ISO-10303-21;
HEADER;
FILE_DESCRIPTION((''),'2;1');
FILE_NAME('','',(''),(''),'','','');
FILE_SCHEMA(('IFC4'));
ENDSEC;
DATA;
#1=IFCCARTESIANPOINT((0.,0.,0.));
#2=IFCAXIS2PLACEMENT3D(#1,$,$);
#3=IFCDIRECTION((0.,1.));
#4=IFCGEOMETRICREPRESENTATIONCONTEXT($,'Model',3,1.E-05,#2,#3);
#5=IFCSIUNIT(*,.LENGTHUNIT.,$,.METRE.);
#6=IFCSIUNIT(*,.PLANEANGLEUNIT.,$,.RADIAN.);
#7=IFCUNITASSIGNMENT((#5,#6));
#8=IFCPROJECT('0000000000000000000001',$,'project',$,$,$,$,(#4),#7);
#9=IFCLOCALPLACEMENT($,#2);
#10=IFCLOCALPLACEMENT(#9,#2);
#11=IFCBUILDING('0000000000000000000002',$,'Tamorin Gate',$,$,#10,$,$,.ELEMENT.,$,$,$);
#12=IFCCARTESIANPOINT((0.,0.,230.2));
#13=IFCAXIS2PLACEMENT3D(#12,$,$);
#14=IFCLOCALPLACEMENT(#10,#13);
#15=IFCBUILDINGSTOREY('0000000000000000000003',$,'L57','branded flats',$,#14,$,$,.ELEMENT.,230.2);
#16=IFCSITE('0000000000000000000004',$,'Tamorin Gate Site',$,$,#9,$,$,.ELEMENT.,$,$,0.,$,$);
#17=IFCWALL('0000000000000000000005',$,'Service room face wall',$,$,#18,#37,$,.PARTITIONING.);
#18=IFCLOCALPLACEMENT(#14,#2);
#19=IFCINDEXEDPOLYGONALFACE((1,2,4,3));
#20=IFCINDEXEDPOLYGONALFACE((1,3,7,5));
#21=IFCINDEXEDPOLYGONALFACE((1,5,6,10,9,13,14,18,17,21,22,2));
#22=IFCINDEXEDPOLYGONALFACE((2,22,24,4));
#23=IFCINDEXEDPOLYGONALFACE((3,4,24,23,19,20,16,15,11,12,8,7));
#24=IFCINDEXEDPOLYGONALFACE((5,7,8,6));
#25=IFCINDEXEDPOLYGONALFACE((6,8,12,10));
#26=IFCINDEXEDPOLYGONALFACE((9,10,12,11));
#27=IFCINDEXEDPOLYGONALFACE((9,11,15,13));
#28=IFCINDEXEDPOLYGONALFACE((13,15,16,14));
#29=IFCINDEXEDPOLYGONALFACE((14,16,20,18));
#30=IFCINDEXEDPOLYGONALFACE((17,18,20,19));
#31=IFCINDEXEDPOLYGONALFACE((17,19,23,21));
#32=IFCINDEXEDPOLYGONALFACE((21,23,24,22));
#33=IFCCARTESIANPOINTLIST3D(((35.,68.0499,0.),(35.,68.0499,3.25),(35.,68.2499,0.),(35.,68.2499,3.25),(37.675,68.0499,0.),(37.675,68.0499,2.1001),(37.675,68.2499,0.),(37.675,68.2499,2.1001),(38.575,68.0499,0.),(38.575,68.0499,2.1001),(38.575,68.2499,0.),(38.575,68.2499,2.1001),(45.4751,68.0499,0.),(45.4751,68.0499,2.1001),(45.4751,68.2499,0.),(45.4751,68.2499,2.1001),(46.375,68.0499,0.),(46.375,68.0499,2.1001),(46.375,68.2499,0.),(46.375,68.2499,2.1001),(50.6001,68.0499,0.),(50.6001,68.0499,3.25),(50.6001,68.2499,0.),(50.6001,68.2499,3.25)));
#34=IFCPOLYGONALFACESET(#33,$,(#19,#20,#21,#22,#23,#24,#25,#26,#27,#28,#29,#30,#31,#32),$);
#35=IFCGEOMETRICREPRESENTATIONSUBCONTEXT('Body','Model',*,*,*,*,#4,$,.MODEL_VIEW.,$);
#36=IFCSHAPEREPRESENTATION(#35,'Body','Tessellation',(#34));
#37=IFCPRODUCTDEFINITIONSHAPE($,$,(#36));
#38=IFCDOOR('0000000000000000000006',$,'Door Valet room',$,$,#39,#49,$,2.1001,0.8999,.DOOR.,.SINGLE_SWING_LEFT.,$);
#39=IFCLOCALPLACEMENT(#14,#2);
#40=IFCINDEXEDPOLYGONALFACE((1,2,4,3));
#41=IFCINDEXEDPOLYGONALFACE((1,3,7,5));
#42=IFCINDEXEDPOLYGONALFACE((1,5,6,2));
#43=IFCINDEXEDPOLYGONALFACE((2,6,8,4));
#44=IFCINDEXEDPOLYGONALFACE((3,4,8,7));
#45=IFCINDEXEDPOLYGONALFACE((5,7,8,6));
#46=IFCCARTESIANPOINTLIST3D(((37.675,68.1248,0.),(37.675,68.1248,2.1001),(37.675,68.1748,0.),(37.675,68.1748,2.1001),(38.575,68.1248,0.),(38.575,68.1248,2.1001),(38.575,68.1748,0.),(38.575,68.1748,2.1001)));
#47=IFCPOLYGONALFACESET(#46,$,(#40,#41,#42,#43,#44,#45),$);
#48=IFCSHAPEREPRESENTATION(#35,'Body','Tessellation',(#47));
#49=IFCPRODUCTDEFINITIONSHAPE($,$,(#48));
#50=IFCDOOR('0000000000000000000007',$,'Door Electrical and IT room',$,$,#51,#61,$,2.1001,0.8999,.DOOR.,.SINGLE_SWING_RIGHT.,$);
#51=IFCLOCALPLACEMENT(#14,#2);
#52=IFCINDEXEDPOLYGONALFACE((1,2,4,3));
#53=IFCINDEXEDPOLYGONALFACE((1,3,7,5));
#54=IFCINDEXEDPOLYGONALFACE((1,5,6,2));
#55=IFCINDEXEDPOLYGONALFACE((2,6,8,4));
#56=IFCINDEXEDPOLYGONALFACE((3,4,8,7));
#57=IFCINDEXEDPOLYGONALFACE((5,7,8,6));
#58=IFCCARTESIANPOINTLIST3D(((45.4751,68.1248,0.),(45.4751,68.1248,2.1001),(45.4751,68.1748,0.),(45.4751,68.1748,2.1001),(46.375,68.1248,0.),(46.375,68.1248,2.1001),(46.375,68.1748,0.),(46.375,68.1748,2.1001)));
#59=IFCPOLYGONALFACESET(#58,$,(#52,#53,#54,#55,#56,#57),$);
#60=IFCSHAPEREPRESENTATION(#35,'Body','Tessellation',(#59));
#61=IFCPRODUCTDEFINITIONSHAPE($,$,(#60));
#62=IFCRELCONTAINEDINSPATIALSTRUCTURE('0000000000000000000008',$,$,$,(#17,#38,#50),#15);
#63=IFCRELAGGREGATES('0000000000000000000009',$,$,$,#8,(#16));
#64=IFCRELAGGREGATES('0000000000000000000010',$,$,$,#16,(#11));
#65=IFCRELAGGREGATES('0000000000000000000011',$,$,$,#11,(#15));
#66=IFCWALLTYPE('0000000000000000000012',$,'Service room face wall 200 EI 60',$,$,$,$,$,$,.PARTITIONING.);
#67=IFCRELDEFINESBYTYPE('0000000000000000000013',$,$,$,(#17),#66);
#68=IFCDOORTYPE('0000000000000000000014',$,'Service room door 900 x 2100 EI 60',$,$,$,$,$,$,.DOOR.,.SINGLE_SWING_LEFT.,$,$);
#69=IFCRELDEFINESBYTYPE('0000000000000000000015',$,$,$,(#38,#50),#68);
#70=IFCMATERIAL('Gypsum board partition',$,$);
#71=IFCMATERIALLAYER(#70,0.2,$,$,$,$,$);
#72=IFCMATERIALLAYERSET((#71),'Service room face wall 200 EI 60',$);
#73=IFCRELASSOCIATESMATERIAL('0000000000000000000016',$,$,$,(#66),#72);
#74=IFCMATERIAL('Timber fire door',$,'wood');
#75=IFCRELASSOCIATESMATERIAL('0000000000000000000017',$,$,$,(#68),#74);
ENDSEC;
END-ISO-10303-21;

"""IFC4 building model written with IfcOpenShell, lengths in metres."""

from ifc_helpers import new_model, si_unit, direction, frame, frame_2d, origin, place, context, subcontext, project, spatial, rectangle, extrude, material, layer, layer_set, type_object, element, fill, save


model = new_model("IFC4")

# Units and contexts
model_context = context("Model", 3, precision=1e-05, world=origin(), true_north=direction((0.0, 1.0)))
body_context = subcontext(model_context, "Body", "Model", "MODEL_VIEW")
ifc_project = project(units=[si_unit("LENGTHUNIT", "METRE"), si_unit("PLANEANGLEUNIT", "RADIAN")], contexts=[model_context])

# Site, building, storey
site_placement = place(None, origin())
site = spatial("IfcSite", under=ifc_project, at=site_placement, Name="Tamorin Gate Site", CompositionType="ELEMENT", RefElevation=0.0)
building_placement = place(site_placement, origin())
building = spatial("IfcBuilding", under=site, at=building_placement, Name="Tamorin Gate", CompositionType="ELEMENT")
storey_placement = place(building_placement, frame((0.0, 0.0, 230.2)))
storey = spatial("IfcBuildingStorey", under=building, at=storey_placement, Name="L57", Description="branded flats", CompositionType="ELEMENT", Elevation=230.2)

# Wall, openings, doors
ifc_material_1 = material(Name="Gypsum board partition")
ifc_layer_1 = layer(ifc_material_1, 0.2)
ifc_layer_set_1 = layer_set([ifc_layer_1], Name="Service room face wall 200 EI 60")
wall_type_1 = type_object("IfcWallType", Name="Service room face wall 200 EI 60", PredefinedType="PARTITIONING", material=ifc_layer_set_1)
ifc_material_2 = material(Name="Timber fire door", Category="wood")
door_type_1 = type_object("IfcDoorType", Name="Service room door 900 x 2100 EI 60", OperationType="SINGLE_SWING_LEFT", PredefinedType="DOOR", material=ifc_material_2)
wall_1_placement = place(storey_placement, frame((35.0, 68.1499, 0.0), z_axis=(0.0, 0.0, 1.0), x_axis=(1.0, 0.0, 0.0)))
wall_1 = element("IfcWall", 1, at=wall_1_placement, inside=storey, type_object=wall_type_1, Name="Service room face wall", PredefinedType="PARTITIONING", context=body_context, shape_type="SweptSolid", body=[
    extrude(rectangle(XDim=15.6001, YDim=0.2, at=frame_2d((7.8, 0.0))), origin(), (0.0, 0.0, 1.0), 3.25),
])
opening_1_placement = place(wall_1_placement, frame((2.675, 0.0, 0.0)))
opening_1 = element("IfcOpeningElement", 2, at=opening_1_placement, cuts=wall_1, PredefinedType="OPENING", context=body_context, shape_type="SweptSolid", body=[
    extrude(rectangle(XDim=0.8999, YDim=2.1001, at=frame_2d((0.45, 1.05))), frame((0.0, 0.1099, 0.0), z_axis=(0.0, -1.0, 0.0), x_axis=(1.0, 0.0, 0.0)), (0.0, 0.0, 1.0), 0.22),
])
opening_2_placement = place(wall_1_placement, frame((10.4751, 0.0, 0.0)))
opening_2 = element("IfcOpeningElement", 3, at=opening_2_placement, cuts=wall_1, PredefinedType="OPENING", context=body_context, shape_type="SweptSolid", body=[
    extrude(rectangle(XDim=0.8999, YDim=2.1001, at=frame_2d((0.45, 1.05))), frame((0.0, 0.1099, 0.0), z_axis=(0.0, -1.0, 0.0), x_axis=(1.0, 0.0, 0.0)), (0.0, 0.0, 1.0), 0.22),
])
door_1_placement = place(opening_1_placement, origin())
door_1 = element("IfcDoor", 4, at=door_1_placement, inside=storey, type_object=door_type_1, Name="Door Valet room", OperationType="SINGLE_SWING_LEFT", OverallHeight=2.1001, OverallWidth=0.8999, PredefinedType="DOOR", context=body_context, shape_type="SweptSolid", body=[
    extrude(rectangle(XDim=0.8999, YDim=2.1001, at=frame_2d((0.45, 1.05))), frame((0.0, 0.0249, 0.0), z_axis=(0.0, -1.0, 0.0), x_axis=(1.0, 0.0, 0.0)), (0.0, 0.0, 1.0), 0.05),
])
fill(opening_1, door_1)
door_2_placement = place(opening_2_placement, origin())
door_2 = element("IfcDoor", 5, at=door_2_placement, inside=storey, type_object=door_type_1, Name="Door Electrical and IT room", OperationType="SINGLE_SWING_RIGHT", OverallHeight=2.1001, OverallWidth=0.8999, PredefinedType="DOOR", context=body_context, shape_type="SweptSolid", body=[
    extrude(rectangle(XDim=0.8999, YDim=2.1001, at=frame_2d((0.45, 1.05))), frame((0.0, 0.0249, 0.0), z_axis=(0.0, -1.0, 0.0), x_axis=(1.0, 0.0, 0.0)), (0.0, 0.0, 1.0), 0.05),
])
fill(opening_2, door_2)

save(model, "model.ifc")
